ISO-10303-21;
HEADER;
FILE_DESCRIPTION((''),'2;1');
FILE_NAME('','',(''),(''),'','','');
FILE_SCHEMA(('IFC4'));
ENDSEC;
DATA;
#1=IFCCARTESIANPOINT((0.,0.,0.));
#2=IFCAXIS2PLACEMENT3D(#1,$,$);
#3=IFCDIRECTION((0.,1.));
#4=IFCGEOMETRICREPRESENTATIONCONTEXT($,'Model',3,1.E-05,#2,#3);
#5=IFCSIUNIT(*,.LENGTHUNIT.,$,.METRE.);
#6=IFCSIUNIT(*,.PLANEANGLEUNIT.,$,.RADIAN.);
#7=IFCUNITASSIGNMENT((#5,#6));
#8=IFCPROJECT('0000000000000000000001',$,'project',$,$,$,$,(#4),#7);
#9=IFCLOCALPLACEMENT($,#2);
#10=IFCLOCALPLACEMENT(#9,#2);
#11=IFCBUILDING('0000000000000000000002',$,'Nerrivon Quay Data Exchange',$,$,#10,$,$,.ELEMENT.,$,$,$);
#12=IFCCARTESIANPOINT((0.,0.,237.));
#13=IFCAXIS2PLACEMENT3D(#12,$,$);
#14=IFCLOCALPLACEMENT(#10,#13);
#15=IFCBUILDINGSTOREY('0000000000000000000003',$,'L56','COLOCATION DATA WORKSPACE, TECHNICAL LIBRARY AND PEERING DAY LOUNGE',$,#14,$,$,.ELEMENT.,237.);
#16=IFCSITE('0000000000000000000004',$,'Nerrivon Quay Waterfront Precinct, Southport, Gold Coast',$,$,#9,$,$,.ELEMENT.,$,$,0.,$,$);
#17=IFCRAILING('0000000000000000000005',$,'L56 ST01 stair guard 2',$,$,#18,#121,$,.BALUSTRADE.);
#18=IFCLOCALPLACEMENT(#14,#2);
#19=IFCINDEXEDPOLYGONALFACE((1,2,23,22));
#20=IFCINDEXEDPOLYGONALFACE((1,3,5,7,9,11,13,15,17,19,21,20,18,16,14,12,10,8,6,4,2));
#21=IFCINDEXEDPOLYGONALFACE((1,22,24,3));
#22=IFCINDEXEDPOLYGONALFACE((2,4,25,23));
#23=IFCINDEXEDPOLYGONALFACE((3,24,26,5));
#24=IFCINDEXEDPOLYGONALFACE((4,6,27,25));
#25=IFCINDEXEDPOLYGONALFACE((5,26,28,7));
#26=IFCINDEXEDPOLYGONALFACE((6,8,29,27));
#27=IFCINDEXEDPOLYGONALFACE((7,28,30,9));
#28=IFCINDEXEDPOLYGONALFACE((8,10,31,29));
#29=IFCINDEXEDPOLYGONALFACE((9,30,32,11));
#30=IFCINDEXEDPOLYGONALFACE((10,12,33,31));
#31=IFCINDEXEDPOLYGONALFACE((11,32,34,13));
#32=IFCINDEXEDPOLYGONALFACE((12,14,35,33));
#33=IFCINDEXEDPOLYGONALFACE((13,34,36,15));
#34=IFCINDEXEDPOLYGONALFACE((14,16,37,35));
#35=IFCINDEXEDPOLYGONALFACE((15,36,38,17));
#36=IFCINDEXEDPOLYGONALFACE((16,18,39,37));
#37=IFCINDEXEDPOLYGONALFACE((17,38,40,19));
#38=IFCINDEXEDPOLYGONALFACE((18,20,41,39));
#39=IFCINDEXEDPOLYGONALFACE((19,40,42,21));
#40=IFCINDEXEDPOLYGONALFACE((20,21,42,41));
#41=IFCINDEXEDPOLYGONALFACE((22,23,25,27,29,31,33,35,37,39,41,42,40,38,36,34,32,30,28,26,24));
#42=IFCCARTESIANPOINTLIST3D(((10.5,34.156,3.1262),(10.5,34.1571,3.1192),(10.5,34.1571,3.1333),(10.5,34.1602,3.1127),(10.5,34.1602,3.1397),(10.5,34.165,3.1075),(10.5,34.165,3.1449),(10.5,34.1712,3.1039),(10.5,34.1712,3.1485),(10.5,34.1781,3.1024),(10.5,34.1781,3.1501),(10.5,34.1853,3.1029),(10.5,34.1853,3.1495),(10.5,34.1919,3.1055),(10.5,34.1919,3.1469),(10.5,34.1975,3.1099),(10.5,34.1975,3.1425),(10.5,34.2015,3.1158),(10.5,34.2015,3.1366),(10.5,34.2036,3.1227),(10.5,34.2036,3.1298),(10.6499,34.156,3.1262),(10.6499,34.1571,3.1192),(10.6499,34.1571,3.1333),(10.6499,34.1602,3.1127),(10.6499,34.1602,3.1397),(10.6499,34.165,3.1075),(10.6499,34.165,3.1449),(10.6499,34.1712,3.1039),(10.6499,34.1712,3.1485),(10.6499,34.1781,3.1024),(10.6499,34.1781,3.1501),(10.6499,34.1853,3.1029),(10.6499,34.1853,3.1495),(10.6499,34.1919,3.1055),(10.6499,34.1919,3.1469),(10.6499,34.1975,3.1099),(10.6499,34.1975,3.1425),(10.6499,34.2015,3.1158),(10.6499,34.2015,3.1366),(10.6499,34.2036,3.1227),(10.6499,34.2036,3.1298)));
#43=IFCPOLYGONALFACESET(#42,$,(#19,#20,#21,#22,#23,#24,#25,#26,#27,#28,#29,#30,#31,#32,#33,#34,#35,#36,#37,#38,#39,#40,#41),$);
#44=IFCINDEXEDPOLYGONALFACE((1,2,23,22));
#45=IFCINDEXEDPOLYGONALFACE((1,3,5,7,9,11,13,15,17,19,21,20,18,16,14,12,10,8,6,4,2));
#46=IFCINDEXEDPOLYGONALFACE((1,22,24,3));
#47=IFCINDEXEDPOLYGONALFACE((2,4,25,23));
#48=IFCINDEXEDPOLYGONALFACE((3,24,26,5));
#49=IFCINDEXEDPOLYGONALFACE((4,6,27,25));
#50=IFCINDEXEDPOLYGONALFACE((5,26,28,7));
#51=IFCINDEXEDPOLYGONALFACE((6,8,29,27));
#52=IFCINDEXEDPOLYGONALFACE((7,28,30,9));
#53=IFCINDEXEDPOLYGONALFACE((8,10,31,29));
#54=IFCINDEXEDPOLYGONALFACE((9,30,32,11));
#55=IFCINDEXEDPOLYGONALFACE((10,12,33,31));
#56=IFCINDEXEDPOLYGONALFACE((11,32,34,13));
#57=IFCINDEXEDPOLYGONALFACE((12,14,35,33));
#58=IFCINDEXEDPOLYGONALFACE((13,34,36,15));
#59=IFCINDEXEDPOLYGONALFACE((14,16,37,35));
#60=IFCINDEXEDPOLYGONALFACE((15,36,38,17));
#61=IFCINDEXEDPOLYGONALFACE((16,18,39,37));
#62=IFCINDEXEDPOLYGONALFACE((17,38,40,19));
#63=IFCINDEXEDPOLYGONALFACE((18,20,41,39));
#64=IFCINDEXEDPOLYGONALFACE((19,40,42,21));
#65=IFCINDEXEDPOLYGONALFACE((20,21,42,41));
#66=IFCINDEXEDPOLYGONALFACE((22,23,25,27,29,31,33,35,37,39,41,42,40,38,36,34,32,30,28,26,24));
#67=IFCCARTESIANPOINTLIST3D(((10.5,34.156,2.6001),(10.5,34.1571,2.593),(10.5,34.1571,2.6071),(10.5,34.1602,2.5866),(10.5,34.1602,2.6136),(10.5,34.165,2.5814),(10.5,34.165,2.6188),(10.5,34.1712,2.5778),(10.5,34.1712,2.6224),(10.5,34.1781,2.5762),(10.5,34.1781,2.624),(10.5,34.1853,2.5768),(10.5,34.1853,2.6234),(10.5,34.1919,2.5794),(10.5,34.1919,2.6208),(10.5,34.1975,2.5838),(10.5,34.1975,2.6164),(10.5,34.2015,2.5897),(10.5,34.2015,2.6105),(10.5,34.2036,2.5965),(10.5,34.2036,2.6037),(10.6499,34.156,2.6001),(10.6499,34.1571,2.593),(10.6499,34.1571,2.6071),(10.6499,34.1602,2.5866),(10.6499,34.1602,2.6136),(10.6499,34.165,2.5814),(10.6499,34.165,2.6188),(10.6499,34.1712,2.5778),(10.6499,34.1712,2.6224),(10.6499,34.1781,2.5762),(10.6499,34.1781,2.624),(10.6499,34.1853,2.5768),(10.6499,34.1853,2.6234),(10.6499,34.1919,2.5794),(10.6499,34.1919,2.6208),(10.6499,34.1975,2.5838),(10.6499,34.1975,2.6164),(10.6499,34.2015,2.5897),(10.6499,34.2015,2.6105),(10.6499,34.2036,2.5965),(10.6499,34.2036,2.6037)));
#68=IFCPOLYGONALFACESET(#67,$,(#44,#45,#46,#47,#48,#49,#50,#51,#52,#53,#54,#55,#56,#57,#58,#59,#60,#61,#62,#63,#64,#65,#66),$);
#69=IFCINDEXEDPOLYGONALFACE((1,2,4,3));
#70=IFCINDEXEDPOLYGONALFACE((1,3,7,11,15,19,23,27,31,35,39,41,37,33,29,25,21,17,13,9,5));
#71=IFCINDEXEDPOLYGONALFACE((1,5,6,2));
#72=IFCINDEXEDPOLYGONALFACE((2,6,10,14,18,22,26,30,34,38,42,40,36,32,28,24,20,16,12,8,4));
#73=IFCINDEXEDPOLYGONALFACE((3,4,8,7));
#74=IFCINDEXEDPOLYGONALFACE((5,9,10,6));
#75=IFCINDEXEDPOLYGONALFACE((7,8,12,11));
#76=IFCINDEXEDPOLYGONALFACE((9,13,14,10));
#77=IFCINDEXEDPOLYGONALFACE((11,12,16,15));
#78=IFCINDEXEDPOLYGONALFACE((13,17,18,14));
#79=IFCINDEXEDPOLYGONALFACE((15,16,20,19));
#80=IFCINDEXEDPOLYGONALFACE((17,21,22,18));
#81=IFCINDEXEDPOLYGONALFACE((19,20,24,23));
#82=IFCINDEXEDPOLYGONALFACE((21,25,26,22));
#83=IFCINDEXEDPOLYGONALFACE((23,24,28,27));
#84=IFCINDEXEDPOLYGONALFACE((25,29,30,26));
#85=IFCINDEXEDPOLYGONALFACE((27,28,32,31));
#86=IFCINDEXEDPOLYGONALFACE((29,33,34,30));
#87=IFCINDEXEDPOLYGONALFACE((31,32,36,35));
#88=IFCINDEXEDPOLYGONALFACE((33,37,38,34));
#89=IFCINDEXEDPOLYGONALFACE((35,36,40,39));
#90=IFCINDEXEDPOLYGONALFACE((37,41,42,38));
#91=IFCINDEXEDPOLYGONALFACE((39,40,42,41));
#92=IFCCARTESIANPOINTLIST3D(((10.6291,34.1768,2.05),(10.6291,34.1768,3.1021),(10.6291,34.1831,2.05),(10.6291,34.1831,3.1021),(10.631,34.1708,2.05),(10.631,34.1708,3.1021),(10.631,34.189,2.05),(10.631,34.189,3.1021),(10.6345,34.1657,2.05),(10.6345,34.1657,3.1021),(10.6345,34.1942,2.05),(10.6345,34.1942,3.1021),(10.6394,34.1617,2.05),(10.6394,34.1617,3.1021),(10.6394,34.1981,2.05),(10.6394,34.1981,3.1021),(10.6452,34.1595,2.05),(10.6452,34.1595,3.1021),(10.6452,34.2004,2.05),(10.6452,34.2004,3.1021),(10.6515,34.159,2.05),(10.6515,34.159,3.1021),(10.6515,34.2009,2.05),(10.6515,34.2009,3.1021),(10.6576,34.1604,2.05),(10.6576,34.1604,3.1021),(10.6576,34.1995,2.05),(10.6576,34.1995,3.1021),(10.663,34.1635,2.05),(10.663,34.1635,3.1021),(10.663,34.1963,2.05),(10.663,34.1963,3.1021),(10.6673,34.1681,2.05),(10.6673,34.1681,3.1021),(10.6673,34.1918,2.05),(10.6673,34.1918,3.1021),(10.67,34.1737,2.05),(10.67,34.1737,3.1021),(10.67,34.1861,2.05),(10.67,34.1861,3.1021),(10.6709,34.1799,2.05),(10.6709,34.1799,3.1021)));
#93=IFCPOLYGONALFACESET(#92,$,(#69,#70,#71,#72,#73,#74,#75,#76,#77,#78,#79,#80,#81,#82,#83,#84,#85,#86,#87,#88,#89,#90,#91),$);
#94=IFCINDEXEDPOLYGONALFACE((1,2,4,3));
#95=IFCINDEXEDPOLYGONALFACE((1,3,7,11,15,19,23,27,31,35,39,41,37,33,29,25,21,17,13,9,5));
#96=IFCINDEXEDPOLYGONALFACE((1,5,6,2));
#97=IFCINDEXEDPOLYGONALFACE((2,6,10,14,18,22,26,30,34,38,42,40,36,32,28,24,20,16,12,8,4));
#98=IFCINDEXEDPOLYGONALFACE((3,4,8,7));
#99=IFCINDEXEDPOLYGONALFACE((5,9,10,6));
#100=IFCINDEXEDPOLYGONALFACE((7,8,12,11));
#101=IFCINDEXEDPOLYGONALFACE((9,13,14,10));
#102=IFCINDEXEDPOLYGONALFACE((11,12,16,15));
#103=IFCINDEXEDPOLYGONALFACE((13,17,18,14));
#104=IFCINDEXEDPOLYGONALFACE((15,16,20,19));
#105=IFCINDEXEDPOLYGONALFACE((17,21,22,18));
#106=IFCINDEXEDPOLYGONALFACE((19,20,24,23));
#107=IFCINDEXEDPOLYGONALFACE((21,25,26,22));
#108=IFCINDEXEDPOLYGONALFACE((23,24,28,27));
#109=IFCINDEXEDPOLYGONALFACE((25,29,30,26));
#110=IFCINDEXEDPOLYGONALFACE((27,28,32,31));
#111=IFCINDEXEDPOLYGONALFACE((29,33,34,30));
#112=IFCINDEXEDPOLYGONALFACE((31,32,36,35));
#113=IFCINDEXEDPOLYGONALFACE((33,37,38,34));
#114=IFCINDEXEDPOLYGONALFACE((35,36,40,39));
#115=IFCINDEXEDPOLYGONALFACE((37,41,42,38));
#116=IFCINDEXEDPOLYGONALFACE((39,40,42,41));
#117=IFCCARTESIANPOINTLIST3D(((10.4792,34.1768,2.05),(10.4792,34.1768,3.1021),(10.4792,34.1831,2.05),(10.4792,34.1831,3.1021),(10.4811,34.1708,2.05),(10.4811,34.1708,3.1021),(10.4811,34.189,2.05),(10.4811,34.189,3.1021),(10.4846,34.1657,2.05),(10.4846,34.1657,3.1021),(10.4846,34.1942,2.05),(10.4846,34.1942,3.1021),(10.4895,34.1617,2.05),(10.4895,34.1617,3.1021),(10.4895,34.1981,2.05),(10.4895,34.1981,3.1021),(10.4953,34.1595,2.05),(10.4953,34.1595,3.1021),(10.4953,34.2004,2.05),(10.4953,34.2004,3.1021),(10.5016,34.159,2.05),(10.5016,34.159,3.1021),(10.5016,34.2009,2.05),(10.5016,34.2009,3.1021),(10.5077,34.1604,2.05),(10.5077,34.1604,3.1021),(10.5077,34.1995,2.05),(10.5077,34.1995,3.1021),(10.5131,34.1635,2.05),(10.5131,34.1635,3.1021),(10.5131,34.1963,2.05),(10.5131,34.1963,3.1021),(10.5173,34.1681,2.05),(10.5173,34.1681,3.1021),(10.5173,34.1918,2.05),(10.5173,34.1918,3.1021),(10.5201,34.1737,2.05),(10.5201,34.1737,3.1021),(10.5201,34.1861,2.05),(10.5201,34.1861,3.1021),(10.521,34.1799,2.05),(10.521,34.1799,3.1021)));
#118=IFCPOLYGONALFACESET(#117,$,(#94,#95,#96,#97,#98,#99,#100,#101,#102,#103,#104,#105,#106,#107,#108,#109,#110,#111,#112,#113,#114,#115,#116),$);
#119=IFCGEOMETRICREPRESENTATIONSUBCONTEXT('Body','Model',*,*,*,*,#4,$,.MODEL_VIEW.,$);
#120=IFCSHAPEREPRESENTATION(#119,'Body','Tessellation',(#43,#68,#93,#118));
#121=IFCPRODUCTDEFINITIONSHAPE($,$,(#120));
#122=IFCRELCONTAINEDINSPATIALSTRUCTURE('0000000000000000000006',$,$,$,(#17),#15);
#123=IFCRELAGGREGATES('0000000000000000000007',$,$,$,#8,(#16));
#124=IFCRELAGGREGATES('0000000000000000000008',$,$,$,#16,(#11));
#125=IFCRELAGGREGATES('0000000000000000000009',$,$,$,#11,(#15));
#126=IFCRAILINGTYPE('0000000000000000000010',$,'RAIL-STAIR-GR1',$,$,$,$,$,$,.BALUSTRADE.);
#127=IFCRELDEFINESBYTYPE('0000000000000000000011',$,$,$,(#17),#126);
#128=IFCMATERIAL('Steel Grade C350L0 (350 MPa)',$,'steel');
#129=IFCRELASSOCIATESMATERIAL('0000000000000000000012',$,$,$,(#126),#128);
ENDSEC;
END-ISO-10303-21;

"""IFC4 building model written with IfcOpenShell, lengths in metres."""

from ifc_helpers import new_model, si_unit, direction, frame, origin, origin_2d, place, context, subcontext, project, spatial, circle, extrude, material, type_object, element, save


model = new_model("IFC4")

# Units and contexts
model_context = context("Model", 3, precision=1e-05, world=origin(), true_north=direction((0.0, 1.0)))
body_context = subcontext(model_context, "Body", "Model", "MODEL_VIEW")
ifc_project = project(units=[si_unit("LENGTHUNIT", "METRE"), si_unit("PLANEANGLEUNIT", "RADIAN")], contexts=[model_context])

# Site, building, storey
site_placement = place(None, origin())
site = spatial("IfcSite", under=ifc_project, at=site_placement, Name="Nerrivon Quay Waterfront Precinct, Southport, Gold Coast", CompositionType="ELEMENT", RefElevation=0.0)
building_placement = place(site_placement, origin())
building = spatial("IfcBuilding", under=site, at=building_placement, Name="Nerrivon Quay Data Exchange", CompositionType="ELEMENT")
storey_placement = place(building_placement, frame((0.0, 0.0, 237.0)))
storey = spatial("IfcBuildingStorey", under=building, at=storey_placement, Name="L56", Description="COLOCATION DATA WORKSPACE, TECHNICAL LIBRARY AND PEERING DAY LOUNGE", CompositionType="ELEMENT", Elevation=237.0)

# Shared definitions
ifc_material_1 = material(Name="Steel Grade C350L0 (350 MPa)", Category="steel")

# Railing
railing_type_1 = type_object("IfcRailingType", Name="RAIL-STAIR-GR1", PredefinedType="BALUSTRADE", material=ifc_material_1)
railing_1_placement = place(storey_placement, frame((10.6499, 34.1799, 2.05)))
element("IfcRailing", 1, at=railing_1_placement, inside=storey, type_object=railing_type_1, Name="L56 ST01 stair guard 2", PredefinedType="BALUSTRADE", context=body_context, shape_type="SweptSolid", body=[
    extrude(circle(Radius=0.0239, at=origin_2d()), frame((0.0, 0.0, 1.0762), z_axis=(-1.0, 0.0, 0.0), x_axis=(0.0, -1.0, 0.0)), (0.0, 0.0, 1.0), 0.1499),
    extrude(circle(Radius=0.0239, at=origin_2d()), frame((0.0, 0.0, 0.55), z_axis=(-1.0, 0.0, 0.0), x_axis=(0.0, -1.0, 0.0)), (0.0, 0.0, 1.0), 0.1499),
    extrude(circle(Radius=0.021, at=origin_2d()), origin(), (0.0, 0.0, 1.0), 1.052),
    extrude(circle(Radius=0.021, at=origin_2d()), frame((-0.1499, 0.0, 0.0)), (0.0, 0.0, 1.0), 1.052),
])

save(model, "model.ifc")
